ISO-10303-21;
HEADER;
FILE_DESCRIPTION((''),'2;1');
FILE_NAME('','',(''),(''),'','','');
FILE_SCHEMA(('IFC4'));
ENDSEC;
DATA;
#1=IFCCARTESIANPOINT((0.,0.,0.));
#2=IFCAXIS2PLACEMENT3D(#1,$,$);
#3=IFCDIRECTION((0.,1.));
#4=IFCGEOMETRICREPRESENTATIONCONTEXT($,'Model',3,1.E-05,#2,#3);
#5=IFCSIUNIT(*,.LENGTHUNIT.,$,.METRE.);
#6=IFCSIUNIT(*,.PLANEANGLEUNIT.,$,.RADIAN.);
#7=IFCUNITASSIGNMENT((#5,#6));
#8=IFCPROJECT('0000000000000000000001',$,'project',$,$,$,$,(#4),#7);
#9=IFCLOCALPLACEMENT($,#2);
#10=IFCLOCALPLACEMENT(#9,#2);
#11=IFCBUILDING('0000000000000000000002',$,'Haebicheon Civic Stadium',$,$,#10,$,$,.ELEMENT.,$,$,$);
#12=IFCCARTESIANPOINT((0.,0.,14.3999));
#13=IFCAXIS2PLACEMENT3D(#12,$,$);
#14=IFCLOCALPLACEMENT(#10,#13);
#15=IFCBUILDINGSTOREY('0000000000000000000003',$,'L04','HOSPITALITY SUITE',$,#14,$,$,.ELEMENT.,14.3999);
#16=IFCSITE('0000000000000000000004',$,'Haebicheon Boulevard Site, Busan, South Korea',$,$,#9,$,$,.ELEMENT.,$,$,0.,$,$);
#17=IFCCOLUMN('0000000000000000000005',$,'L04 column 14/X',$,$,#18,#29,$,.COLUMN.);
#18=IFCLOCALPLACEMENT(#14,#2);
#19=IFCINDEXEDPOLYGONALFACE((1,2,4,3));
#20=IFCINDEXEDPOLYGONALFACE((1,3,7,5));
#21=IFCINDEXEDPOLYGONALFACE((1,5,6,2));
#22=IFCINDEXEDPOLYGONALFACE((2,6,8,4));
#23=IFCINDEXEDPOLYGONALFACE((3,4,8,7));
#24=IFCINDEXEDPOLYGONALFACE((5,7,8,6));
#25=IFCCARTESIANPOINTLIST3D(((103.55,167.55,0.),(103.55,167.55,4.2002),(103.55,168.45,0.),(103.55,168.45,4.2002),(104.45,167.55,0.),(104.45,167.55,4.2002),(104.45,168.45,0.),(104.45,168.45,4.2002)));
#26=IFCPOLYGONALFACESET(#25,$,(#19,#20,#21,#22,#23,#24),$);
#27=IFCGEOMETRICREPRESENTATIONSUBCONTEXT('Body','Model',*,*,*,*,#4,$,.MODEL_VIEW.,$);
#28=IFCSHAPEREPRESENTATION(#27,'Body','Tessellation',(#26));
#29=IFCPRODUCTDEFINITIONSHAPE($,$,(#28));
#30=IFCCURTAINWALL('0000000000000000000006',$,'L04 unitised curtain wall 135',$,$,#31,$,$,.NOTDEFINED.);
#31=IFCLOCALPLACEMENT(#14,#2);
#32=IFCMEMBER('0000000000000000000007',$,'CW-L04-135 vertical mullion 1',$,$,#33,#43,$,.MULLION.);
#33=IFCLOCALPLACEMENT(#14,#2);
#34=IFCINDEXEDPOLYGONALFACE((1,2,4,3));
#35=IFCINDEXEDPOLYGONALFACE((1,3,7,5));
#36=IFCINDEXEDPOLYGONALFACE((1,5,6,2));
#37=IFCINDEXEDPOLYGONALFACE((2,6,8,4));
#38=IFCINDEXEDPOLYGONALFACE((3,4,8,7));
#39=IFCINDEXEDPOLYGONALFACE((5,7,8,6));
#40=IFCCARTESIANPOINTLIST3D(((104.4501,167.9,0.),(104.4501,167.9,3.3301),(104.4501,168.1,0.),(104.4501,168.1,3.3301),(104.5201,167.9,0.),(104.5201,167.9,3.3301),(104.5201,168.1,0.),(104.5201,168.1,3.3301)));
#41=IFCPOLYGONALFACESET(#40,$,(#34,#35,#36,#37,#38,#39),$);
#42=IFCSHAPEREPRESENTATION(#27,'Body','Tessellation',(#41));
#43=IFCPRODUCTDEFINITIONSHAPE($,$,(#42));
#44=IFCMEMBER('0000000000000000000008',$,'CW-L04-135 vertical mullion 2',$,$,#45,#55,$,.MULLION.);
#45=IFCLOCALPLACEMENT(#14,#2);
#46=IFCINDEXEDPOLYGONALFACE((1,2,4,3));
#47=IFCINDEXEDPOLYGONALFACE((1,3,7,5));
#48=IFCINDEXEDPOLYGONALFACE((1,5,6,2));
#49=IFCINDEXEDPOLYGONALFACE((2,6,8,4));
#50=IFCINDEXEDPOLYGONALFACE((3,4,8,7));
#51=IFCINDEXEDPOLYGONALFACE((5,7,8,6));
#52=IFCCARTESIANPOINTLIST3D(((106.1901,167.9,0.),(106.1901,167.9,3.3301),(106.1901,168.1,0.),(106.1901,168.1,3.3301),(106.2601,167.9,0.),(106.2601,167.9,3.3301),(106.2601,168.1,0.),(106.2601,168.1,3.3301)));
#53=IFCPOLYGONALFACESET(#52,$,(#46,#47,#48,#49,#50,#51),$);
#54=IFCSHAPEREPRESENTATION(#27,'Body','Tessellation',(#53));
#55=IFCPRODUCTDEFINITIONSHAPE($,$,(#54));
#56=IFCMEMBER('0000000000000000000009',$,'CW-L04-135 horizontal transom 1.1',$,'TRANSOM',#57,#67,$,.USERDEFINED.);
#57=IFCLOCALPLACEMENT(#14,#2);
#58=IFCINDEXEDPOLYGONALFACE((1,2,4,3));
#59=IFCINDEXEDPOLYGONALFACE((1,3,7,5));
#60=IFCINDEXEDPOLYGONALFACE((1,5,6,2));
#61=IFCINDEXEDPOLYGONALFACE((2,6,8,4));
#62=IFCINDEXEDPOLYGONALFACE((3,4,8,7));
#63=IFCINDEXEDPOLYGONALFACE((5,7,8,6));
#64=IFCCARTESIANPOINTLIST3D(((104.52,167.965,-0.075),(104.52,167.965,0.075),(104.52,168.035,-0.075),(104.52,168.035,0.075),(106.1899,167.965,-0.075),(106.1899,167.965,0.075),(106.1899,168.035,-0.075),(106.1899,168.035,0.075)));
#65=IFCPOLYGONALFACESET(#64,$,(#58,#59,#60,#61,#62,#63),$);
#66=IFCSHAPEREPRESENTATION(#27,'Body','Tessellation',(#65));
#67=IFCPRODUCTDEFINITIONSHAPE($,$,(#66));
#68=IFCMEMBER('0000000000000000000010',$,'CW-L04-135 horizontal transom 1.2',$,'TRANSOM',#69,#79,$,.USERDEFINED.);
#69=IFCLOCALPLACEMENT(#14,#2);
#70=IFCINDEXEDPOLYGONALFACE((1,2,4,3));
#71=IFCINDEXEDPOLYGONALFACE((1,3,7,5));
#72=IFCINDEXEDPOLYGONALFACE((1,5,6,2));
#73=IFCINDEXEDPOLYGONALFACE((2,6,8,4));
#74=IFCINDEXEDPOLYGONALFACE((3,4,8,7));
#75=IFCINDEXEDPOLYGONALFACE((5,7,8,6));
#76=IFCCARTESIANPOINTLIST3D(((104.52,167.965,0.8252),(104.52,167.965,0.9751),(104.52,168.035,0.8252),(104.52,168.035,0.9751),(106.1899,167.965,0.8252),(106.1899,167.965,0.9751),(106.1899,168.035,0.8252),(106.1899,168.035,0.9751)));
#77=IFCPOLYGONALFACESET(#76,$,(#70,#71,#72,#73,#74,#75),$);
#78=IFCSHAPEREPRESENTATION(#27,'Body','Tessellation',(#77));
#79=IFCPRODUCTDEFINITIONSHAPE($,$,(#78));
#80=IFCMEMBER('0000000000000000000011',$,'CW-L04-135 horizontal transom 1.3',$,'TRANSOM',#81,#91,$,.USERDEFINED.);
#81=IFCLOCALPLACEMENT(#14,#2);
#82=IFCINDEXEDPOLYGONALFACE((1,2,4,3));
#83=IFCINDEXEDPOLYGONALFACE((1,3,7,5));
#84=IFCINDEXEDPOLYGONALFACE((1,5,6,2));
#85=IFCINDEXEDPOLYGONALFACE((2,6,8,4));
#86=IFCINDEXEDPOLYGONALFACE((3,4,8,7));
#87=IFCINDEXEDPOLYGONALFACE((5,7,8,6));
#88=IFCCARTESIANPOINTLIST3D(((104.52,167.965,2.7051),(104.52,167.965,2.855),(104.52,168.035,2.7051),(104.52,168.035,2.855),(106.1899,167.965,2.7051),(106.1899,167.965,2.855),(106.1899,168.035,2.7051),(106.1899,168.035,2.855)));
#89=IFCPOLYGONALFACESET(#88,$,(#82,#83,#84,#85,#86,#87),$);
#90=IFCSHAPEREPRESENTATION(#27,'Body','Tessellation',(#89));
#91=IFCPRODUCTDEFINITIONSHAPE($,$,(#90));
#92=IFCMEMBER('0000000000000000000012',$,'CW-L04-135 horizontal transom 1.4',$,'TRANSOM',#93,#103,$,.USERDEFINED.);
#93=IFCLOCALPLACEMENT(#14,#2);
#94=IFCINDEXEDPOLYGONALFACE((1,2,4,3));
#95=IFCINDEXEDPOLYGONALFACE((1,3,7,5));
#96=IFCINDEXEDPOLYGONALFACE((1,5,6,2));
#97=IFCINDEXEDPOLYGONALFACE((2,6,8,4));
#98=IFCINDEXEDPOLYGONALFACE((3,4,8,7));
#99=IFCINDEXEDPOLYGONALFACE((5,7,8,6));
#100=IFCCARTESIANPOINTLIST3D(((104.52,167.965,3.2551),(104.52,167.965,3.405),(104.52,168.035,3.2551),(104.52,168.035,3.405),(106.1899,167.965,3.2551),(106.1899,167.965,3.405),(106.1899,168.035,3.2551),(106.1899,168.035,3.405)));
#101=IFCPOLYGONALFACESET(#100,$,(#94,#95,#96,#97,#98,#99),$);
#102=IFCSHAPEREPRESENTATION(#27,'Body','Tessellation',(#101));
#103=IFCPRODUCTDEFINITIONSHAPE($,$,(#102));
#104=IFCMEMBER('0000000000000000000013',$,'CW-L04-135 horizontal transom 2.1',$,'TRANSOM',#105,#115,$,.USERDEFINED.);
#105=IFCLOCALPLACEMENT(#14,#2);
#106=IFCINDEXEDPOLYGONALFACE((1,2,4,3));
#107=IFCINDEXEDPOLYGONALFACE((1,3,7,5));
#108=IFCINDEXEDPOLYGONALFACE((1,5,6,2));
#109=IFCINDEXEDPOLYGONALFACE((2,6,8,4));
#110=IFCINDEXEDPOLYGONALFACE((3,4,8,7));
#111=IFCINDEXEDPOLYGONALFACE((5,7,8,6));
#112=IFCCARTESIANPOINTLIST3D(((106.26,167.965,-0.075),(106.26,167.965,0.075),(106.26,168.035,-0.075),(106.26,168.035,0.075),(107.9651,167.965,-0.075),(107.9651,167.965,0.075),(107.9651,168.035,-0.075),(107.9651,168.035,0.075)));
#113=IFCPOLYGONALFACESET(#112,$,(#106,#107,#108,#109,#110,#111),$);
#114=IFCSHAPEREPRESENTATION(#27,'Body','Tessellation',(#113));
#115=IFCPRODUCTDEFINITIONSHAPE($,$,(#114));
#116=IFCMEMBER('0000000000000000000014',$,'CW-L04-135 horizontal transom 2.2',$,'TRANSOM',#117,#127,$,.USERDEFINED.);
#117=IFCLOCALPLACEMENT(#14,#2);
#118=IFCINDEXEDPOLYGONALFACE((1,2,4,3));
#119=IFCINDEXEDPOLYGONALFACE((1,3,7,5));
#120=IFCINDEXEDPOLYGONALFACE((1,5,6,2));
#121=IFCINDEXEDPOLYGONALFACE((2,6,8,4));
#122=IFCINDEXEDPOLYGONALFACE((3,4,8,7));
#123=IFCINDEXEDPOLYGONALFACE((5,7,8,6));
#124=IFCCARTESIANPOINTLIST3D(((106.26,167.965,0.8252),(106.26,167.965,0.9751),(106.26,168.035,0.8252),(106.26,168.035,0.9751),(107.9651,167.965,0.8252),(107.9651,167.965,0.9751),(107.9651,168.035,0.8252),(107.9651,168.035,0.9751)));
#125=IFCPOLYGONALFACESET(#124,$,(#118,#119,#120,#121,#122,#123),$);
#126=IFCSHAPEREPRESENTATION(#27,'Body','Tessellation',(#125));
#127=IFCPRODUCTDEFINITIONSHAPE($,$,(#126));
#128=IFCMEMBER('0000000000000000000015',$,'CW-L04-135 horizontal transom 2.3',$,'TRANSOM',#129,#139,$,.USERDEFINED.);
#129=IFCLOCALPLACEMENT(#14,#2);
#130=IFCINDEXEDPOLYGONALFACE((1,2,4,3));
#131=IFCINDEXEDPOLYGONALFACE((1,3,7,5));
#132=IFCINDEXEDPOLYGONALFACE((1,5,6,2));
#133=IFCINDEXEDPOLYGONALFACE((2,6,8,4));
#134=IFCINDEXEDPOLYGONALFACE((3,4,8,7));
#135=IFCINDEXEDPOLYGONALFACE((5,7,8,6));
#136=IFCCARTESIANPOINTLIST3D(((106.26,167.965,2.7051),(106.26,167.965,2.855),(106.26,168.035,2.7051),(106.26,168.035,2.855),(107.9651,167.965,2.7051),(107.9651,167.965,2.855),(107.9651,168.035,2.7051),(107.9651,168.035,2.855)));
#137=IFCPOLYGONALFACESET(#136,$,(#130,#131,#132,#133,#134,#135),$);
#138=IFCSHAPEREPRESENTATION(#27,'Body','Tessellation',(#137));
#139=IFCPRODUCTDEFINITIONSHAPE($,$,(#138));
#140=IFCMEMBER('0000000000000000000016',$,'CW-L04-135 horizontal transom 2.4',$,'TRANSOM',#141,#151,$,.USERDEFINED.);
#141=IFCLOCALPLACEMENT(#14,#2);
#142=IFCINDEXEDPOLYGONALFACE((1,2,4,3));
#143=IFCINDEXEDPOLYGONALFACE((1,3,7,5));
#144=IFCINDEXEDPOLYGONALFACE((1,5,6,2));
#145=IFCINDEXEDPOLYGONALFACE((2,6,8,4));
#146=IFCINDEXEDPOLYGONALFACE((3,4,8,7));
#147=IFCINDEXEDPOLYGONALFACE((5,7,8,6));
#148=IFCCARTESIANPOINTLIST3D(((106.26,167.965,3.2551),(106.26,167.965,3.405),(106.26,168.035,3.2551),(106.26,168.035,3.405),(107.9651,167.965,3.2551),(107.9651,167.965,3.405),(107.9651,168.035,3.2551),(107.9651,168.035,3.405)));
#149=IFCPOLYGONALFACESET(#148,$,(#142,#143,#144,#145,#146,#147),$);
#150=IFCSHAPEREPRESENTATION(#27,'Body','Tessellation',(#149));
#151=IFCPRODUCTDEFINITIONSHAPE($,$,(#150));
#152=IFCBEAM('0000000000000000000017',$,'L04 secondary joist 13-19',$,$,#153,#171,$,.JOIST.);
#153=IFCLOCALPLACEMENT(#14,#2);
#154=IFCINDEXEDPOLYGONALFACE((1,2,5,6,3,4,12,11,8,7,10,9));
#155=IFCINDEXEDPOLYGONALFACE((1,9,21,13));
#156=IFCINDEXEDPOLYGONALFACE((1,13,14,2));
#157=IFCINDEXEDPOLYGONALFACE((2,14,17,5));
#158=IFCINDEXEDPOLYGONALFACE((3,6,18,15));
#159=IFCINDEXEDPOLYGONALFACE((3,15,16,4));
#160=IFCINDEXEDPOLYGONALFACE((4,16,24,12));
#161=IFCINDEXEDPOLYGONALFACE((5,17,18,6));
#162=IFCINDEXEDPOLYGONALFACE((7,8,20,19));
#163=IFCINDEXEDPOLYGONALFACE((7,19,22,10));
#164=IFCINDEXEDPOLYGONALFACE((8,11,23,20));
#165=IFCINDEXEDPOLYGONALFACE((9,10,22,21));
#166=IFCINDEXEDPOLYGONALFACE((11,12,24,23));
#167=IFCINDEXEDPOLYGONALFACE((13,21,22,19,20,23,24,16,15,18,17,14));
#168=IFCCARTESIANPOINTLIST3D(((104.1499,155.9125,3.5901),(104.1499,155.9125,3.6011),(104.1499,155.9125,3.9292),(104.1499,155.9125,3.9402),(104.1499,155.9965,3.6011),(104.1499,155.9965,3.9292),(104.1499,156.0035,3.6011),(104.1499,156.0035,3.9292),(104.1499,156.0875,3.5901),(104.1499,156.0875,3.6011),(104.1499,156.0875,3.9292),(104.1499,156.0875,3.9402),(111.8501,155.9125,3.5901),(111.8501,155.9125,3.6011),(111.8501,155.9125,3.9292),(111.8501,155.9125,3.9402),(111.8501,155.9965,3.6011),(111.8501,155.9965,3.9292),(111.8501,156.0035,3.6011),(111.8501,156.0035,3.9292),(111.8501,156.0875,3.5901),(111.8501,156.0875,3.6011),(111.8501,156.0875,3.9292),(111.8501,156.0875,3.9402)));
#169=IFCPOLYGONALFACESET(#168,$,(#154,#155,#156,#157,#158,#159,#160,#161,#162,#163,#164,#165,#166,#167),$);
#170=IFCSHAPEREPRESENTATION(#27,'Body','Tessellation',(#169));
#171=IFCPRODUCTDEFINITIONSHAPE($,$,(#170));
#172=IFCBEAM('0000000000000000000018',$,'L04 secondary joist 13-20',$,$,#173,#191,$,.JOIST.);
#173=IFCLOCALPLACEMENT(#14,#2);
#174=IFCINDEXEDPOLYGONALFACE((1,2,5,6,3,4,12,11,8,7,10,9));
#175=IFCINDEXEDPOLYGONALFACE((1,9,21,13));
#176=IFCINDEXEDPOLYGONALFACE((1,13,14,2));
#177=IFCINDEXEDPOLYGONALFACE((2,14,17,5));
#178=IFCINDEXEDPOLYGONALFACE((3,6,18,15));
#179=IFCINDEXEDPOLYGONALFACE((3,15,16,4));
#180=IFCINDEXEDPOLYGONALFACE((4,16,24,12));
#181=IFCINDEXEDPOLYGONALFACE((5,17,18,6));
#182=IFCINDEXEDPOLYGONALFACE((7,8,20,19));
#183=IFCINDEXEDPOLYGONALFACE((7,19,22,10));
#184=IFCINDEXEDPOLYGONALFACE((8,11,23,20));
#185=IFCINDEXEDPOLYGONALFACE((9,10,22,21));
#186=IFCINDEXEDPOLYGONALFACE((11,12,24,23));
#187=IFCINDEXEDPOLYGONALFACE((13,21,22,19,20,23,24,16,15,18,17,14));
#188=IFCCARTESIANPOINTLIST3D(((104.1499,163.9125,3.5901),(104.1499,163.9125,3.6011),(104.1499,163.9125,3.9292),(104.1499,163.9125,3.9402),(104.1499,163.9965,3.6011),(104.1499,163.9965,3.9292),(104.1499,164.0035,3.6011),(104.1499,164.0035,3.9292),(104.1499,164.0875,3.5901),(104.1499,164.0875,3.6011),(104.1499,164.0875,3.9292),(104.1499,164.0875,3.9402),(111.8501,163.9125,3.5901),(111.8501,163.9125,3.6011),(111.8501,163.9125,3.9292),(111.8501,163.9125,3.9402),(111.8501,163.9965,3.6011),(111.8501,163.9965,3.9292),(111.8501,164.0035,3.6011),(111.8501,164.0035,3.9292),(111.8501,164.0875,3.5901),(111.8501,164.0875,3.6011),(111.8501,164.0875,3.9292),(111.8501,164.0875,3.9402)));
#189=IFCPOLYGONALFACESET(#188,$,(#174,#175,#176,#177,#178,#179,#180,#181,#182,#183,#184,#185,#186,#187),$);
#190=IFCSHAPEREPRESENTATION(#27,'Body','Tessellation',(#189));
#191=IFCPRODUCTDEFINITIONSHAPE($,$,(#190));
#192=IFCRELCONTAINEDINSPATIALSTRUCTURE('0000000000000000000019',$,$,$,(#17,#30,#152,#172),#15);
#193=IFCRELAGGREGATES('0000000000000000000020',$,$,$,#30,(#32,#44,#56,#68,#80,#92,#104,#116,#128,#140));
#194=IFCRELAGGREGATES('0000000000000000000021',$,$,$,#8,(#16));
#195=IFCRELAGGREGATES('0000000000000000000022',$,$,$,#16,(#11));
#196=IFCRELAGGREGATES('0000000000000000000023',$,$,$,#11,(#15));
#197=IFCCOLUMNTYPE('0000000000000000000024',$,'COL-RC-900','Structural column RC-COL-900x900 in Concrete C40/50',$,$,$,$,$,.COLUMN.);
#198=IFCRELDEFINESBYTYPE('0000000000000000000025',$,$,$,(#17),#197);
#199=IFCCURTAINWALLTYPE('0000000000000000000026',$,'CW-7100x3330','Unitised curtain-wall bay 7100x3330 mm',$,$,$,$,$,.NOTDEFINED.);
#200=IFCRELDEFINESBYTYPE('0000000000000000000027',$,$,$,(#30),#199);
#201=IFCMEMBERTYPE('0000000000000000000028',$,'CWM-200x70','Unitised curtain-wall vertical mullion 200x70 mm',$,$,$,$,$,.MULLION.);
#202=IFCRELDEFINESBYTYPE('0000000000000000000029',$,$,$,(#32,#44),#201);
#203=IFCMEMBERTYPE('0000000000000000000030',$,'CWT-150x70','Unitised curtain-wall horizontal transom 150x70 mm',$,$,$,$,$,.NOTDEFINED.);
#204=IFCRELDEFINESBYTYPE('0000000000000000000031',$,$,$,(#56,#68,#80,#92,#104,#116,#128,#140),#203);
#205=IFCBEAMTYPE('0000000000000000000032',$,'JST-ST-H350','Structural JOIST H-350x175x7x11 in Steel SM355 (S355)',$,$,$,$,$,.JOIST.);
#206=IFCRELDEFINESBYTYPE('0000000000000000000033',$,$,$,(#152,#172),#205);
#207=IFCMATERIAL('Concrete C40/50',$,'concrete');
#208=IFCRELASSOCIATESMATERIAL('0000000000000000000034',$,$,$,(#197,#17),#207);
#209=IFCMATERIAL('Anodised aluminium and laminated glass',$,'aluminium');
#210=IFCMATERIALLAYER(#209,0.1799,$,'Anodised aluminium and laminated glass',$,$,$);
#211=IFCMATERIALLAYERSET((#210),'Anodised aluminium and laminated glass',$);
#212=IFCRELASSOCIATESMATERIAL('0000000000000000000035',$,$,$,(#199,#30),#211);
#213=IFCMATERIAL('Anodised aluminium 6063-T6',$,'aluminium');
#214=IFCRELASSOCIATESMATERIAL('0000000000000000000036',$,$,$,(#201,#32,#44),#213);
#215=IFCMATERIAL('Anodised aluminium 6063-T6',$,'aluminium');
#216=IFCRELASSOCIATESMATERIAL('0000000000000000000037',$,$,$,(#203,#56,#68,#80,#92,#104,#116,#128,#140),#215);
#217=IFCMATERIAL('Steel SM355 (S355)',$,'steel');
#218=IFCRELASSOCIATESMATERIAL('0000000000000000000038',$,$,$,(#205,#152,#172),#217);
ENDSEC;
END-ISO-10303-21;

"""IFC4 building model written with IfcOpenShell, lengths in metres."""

from ifc_helpers import new_model, si_unit, direction, frame, origin, origin_2d, place, context, subcontext, project, spatial, rectangle, i_section, extrude, material, layer, layer_set, material_profile, profile_set, type_object, element, aggregate, save


model = new_model("IFC4")

# Units and contexts
model_context = context("Model", 3, precision=1e-05, world=origin(), true_north=direction((0.0, 1.0)))
body_context = subcontext(model_context, "Body", "Model", "MODEL_VIEW")
ifc_project = project(units=[si_unit("LENGTHUNIT", "METRE"), si_unit("PLANEANGLEUNIT", "RADIAN")], contexts=[model_context])

# Site, building, storey
site_placement = place(None, origin())
site = spatial("IfcSite", under=ifc_project, at=site_placement, Name="Haebicheon Boulevard Site, Busan, South Korea", CompositionType="ELEMENT", RefElevation=0.0)
building_placement = place(site_placement, origin())
building = spatial("IfcBuilding", under=site, at=building_placement, Name="Haebicheon Civic Stadium", CompositionType="ELEMENT")
storey_placement = place(building_placement, frame((0.0, 0.0, 14.3999)))
storey = spatial("IfcBuildingStorey", under=building, at=storey_placement, Name="L04", Description="HOSPITALITY SUITE", CompositionType="ELEMENT", Elevation=14.3999)

# Column
ifc_material_1 = material(Name="Concrete C40/50", Category="concrete")
ifc_material_profile_1 = material_profile(ifc_material_1, rectangle(XDim=0.8999, YDim=0.8999, at=origin_2d()), Name="RC-COL-900x900")
ifc_profile_set_1 = profile_set([ifc_material_profile_1], Name="Concrete C40/50")
column_type = type_object("IfcColumnType", Name="COL-RC-900", Description="Structural column RC-COL-900x900 in Concrete C40/50", PredefinedType="COLUMN", material=ifc_profile_set_1)
column_placement = place(storey_placement, frame((104.0, 168.0, 0.0), z_axis=(0.0, 0.0, 1.0), x_axis=(1.0, 0.0, 0.0)))
element("IfcColumn", 1, at=column_placement, inside=storey, type_object=column_type, material=ifc_profile_set_1, Name="L04 column 14/X", PredefinedType="COLUMN", context=body_context, shape_type="SweptSolid", body=[
    extrude(rectangle(XDim=0.8999, YDim=0.8999, at=origin_2d()), origin(), (0.0, 0.0, 1.0), 4.2002),
])

# Curtain wall, members
ifc_material_2 = material(Name="Anodised aluminium and laminated glass", Category="aluminium")
ifc_layer_1 = layer(ifc_material_2, 0.1799, Name="Anodised aluminium and laminated glass")
ifc_layer_set_1 = layer_set([ifc_layer_1], Name="Anodised aluminium and laminated glass")
curtain_wall_type = type_object("IfcCurtainWallType", Name="CW-7100x3330", Description="Unitised curtain-wall bay 7100x3330 mm", PredefinedType="NOTDEFINED", material=ifc_layer_set_1)
curtain_wall_placement = place(storey_placement, origin())
curtain_wall = element("IfcCurtainWall", 2, at=curtain_wall_placement, inside=storey, type_object=curtain_wall_type, material=ifc_layer_set_1, Name="L04 unitised curtain wall 135", PredefinedType="NOTDEFINED")
ifc_material_3 = material(Name="Anodised aluminium 6063-T6", Category="aluminium")
ifc_material_profile_2 = material_profile(ifc_material_3, rectangle(XDim=0.0701, YDim=0.2, at=origin_2d()), Name="ALU-MULL-70x200")
ifc_profile_set_2 = profile_set([ifc_material_profile_2], Name="Anodised aluminium 6063-T6")
member_type_1 = type_object("IfcMemberType", Name="CWM-200x70", Description="Unitised curtain-wall vertical mullion 200x70 mm", PredefinedType="MULLION", material=ifc_profile_set_2)
member_1_placement = place(storey_placement, frame((104.4851, 168.0, 0.0), z_axis=(0.0, 0.0, 1.0), x_axis=(1.0, 0.0, 0.0)))
member_1 = element("IfcMember", 3, at=member_1_placement, type_object=member_type_1, material=ifc_profile_set_2, Name="CW-L04-135 vertical mullion 1", PredefinedType="MULLION", context=body_context, shape_type="SweptSolid", body=[
    extrude(rectangle(XDim=0.0701, YDim=0.2, at=origin_2d()), origin(), (0.0, 0.0, 1.0), 3.3301),
])
member_2_placement = place(storey_placement, frame((106.2251, 168.0, 0.0), z_axis=(0.0, 0.0, 1.0), x_axis=(1.0, 0.0, 0.0)))
member_2 = element("IfcMember", 4, at=member_2_placement, type_object=member_type_1, material=ifc_profile_set_2, Name="CW-L04-135 vertical mullion 2", PredefinedType="MULLION", context=body_context, shape_type="SweptSolid", body=[
    extrude(rectangle(XDim=0.0701, YDim=0.2, at=origin_2d()), origin(), (0.0, 0.0, 1.0), 3.3301),
])
ifc_material_4 = material(Name="Anodised aluminium 6063-T6", Category="aluminium")
ifc_material_profile_3 = material_profile(ifc_material_4, rectangle(XDim=0.0701, YDim=0.1499, at=origin_2d()), Name="ALU-TRAN-70x150")
ifc_profile_set_3 = profile_set([ifc_material_profile_3], Name="Anodised aluminium 6063-T6")
member_type_2 = type_object("IfcMemberType", Name="CWT-150x70", Description="Unitised curtain-wall horizontal transom 150x70 mm", PredefinedType="NOTDEFINED", material=ifc_profile_set_3)
member_3_placement = place(storey_placement, frame((104.52, 168.0, 0.0), z_axis=(1.0, 0.0, 0.0), x_axis=(0.0, 1.0, 0.0)))
member_3 = element("IfcMember", 5, at=member_3_placement, type_object=member_type_2, material=ifc_profile_set_3, Name="CW-L04-135 horizontal transom 1.1", ObjectType="TRANSOM", PredefinedType="USERDEFINED", context=body_context, shape_type="SweptSolid", body=[
    extrude(rectangle(XDim=0.0701, YDim=0.1499, at=origin_2d()), origin(), (0.0, 0.0, 1.0), 1.6699),
])
member_4_placement = place(storey_placement, frame((104.52, 168.0, 0.9001), z_axis=(1.0, 0.0, 0.0), x_axis=(0.0, 1.0, 0.0)))
member_4 = element("IfcMember", 6, at=member_4_placement, type_object=member_type_2, material=ifc_profile_set_3, Name="CW-L04-135 horizontal transom 1.2", ObjectType="TRANSOM", PredefinedType="USERDEFINED", context=body_context, shape_type="SweptSolid", body=[
    extrude(rectangle(XDim=0.0701, YDim=0.1499, at=origin_2d()), origin(), (0.0, 0.0, 1.0), 1.6699),
])
member_5_placement = place(storey_placement, frame((104.52, 168.0, 2.78), z_axis=(1.0, 0.0, 0.0), x_axis=(0.0, 1.0, 0.0)))
member_5 = element("IfcMember", 7, at=member_5_placement, type_object=member_type_2, material=ifc_profile_set_3, Name="CW-L04-135 horizontal transom 1.3", ObjectType="TRANSOM", PredefinedType="USERDEFINED", context=body_context, shape_type="SweptSolid", body=[
    extrude(rectangle(XDim=0.0701, YDim=0.1499, at=origin_2d()), origin(), (0.0, 0.0, 1.0), 1.6699),
])
member_6_placement = place(storey_placement, frame((104.52, 168.0, 3.3301), z_axis=(1.0, 0.0, 0.0), x_axis=(0.0, 1.0, 0.0)))
member_6 = element("IfcMember", 8, at=member_6_placement, type_object=member_type_2, material=ifc_profile_set_3, Name="CW-L04-135 horizontal transom 1.4", ObjectType="TRANSOM", PredefinedType="USERDEFINED", context=body_context, shape_type="SweptSolid", body=[
    extrude(rectangle(XDim=0.0701, YDim=0.1499, at=origin_2d()), origin(), (0.0, 0.0, 1.0), 1.6699),
])
member_7_placement = place(storey_placement, frame((106.26, 168.0, 0.0), z_axis=(1.0, 0.0, 0.0), x_axis=(0.0, 1.0, 0.0)))
member_7 = element("IfcMember", 9, at=member_7_placement, type_object=member_type_2, material=ifc_profile_set_3, Name="CW-L04-135 horizontal transom 2.1", ObjectType="TRANSOM", PredefinedType="USERDEFINED", context=body_context, shape_type="SweptSolid", body=[
    extrude(rectangle(XDim=0.0701, YDim=0.1499, at=origin_2d()), origin(), (0.0, 0.0, 1.0), 1.7051),
])
member_8_placement = place(storey_placement, frame((106.26, 168.0, 0.9001), z_axis=(1.0, 0.0, 0.0), x_axis=(0.0, 1.0, 0.0)))
member_8 = element("IfcMember", 10, at=member_8_placement, type_object=member_type_2, material=ifc_profile_set_3, Name="CW-L04-135 horizontal transom 2.2", ObjectType="TRANSOM", PredefinedType="USERDEFINED", context=body_context, shape_type="SweptSolid", body=[
    extrude(rectangle(XDim=0.0701, YDim=0.1499, at=origin_2d()), origin(), (0.0, 0.0, 1.0), 1.7051),
])
member_9_placement = place(storey_placement, frame((106.26, 168.0, 2.78), z_axis=(1.0, 0.0, 0.0), x_axis=(0.0, 1.0, 0.0)))
member_9 = element("IfcMember", 11, at=member_9_placement, type_object=member_type_2, material=ifc_profile_set_3, Name="CW-L04-135 horizontal transom 2.3", ObjectType="TRANSOM", PredefinedType="USERDEFINED", context=body_context, shape_type="SweptSolid", body=[
    extrude(rectangle(XDim=0.0701, YDim=0.1499, at=origin_2d()), origin(), (0.0, 0.0, 1.0), 1.7051),
])
member_10_placement = place(storey_placement, frame((106.26, 168.0, 3.3301), z_axis=(1.0, 0.0, 0.0), x_axis=(0.0, 1.0, 0.0)))
member_10 = element("IfcMember", 12, at=member_10_placement, type_object=member_type_2, material=ifc_profile_set_3, Name="CW-L04-135 horizontal transom 2.4", ObjectType="TRANSOM", PredefinedType="USERDEFINED", context=body_context, shape_type="SweptSolid", body=[
    extrude(rectangle(XDim=0.0701, YDim=0.1499, at=origin_2d()), origin(), (0.0, 0.0, 1.0), 1.7051),
])

# Beams
ifc_material_5 = material(Name="Steel SM355 (S355)", Category="steel")
ifc_material_profile_4 = material_profile(ifc_material_5, i_section(OverallWidth=0.175, OverallDepth=0.3501, WebThickness=0.0071, FlangeThickness=0.011, at=origin_2d()), Name="H-350x175x7x11")
ifc_profile_set_4 = profile_set([ifc_material_profile_4], Name="Steel SM355 (S355)")
beam_type_1 = type_object("IfcBeamType", Name="JST-ST-H350", Description="Structural JOIST H-350x175x7x11 in Steel SM355 (S355)", PredefinedType="JOIST", material=ifc_profile_set_4)
for number, where, z_axis, x_axis, name in (
    (13, (104.1499, 156.0, 3.7651), (1.0, 0.0, 0.0), (0.0, 1.0, 0.0), "L04 secondary joist 13-19"),
    (14, (104.1499, 164.0, 3.7651), (1.0, 0.0, 0.0), (0.0, 1.0, 0.0), "L04 secondary joist 13-20"),
):
    element("IfcBeam", number, at=place(storey_placement, frame(where, z_axis=z_axis, x_axis=x_axis)), inside=storey, type_object=beam_type_1, material=ifc_profile_set_4, Name=name, PredefinedType="JOIST", context=body_context, shape_type="SweptSolid", body=[
        extrude(i_section(OverallWidth=0.175, OverallDepth=0.3501, WebThickness=0.0071, FlangeThickness=0.011, at=origin_2d()), origin(), (0.0, 0.0, 1.0), 7.7002),
    ])

aggregate(curtain_wall, [member_1, member_2, member_3, member_4, member_5, member_6, member_7, member_8, member_9, member_10])

save(model, "model.ifc")
